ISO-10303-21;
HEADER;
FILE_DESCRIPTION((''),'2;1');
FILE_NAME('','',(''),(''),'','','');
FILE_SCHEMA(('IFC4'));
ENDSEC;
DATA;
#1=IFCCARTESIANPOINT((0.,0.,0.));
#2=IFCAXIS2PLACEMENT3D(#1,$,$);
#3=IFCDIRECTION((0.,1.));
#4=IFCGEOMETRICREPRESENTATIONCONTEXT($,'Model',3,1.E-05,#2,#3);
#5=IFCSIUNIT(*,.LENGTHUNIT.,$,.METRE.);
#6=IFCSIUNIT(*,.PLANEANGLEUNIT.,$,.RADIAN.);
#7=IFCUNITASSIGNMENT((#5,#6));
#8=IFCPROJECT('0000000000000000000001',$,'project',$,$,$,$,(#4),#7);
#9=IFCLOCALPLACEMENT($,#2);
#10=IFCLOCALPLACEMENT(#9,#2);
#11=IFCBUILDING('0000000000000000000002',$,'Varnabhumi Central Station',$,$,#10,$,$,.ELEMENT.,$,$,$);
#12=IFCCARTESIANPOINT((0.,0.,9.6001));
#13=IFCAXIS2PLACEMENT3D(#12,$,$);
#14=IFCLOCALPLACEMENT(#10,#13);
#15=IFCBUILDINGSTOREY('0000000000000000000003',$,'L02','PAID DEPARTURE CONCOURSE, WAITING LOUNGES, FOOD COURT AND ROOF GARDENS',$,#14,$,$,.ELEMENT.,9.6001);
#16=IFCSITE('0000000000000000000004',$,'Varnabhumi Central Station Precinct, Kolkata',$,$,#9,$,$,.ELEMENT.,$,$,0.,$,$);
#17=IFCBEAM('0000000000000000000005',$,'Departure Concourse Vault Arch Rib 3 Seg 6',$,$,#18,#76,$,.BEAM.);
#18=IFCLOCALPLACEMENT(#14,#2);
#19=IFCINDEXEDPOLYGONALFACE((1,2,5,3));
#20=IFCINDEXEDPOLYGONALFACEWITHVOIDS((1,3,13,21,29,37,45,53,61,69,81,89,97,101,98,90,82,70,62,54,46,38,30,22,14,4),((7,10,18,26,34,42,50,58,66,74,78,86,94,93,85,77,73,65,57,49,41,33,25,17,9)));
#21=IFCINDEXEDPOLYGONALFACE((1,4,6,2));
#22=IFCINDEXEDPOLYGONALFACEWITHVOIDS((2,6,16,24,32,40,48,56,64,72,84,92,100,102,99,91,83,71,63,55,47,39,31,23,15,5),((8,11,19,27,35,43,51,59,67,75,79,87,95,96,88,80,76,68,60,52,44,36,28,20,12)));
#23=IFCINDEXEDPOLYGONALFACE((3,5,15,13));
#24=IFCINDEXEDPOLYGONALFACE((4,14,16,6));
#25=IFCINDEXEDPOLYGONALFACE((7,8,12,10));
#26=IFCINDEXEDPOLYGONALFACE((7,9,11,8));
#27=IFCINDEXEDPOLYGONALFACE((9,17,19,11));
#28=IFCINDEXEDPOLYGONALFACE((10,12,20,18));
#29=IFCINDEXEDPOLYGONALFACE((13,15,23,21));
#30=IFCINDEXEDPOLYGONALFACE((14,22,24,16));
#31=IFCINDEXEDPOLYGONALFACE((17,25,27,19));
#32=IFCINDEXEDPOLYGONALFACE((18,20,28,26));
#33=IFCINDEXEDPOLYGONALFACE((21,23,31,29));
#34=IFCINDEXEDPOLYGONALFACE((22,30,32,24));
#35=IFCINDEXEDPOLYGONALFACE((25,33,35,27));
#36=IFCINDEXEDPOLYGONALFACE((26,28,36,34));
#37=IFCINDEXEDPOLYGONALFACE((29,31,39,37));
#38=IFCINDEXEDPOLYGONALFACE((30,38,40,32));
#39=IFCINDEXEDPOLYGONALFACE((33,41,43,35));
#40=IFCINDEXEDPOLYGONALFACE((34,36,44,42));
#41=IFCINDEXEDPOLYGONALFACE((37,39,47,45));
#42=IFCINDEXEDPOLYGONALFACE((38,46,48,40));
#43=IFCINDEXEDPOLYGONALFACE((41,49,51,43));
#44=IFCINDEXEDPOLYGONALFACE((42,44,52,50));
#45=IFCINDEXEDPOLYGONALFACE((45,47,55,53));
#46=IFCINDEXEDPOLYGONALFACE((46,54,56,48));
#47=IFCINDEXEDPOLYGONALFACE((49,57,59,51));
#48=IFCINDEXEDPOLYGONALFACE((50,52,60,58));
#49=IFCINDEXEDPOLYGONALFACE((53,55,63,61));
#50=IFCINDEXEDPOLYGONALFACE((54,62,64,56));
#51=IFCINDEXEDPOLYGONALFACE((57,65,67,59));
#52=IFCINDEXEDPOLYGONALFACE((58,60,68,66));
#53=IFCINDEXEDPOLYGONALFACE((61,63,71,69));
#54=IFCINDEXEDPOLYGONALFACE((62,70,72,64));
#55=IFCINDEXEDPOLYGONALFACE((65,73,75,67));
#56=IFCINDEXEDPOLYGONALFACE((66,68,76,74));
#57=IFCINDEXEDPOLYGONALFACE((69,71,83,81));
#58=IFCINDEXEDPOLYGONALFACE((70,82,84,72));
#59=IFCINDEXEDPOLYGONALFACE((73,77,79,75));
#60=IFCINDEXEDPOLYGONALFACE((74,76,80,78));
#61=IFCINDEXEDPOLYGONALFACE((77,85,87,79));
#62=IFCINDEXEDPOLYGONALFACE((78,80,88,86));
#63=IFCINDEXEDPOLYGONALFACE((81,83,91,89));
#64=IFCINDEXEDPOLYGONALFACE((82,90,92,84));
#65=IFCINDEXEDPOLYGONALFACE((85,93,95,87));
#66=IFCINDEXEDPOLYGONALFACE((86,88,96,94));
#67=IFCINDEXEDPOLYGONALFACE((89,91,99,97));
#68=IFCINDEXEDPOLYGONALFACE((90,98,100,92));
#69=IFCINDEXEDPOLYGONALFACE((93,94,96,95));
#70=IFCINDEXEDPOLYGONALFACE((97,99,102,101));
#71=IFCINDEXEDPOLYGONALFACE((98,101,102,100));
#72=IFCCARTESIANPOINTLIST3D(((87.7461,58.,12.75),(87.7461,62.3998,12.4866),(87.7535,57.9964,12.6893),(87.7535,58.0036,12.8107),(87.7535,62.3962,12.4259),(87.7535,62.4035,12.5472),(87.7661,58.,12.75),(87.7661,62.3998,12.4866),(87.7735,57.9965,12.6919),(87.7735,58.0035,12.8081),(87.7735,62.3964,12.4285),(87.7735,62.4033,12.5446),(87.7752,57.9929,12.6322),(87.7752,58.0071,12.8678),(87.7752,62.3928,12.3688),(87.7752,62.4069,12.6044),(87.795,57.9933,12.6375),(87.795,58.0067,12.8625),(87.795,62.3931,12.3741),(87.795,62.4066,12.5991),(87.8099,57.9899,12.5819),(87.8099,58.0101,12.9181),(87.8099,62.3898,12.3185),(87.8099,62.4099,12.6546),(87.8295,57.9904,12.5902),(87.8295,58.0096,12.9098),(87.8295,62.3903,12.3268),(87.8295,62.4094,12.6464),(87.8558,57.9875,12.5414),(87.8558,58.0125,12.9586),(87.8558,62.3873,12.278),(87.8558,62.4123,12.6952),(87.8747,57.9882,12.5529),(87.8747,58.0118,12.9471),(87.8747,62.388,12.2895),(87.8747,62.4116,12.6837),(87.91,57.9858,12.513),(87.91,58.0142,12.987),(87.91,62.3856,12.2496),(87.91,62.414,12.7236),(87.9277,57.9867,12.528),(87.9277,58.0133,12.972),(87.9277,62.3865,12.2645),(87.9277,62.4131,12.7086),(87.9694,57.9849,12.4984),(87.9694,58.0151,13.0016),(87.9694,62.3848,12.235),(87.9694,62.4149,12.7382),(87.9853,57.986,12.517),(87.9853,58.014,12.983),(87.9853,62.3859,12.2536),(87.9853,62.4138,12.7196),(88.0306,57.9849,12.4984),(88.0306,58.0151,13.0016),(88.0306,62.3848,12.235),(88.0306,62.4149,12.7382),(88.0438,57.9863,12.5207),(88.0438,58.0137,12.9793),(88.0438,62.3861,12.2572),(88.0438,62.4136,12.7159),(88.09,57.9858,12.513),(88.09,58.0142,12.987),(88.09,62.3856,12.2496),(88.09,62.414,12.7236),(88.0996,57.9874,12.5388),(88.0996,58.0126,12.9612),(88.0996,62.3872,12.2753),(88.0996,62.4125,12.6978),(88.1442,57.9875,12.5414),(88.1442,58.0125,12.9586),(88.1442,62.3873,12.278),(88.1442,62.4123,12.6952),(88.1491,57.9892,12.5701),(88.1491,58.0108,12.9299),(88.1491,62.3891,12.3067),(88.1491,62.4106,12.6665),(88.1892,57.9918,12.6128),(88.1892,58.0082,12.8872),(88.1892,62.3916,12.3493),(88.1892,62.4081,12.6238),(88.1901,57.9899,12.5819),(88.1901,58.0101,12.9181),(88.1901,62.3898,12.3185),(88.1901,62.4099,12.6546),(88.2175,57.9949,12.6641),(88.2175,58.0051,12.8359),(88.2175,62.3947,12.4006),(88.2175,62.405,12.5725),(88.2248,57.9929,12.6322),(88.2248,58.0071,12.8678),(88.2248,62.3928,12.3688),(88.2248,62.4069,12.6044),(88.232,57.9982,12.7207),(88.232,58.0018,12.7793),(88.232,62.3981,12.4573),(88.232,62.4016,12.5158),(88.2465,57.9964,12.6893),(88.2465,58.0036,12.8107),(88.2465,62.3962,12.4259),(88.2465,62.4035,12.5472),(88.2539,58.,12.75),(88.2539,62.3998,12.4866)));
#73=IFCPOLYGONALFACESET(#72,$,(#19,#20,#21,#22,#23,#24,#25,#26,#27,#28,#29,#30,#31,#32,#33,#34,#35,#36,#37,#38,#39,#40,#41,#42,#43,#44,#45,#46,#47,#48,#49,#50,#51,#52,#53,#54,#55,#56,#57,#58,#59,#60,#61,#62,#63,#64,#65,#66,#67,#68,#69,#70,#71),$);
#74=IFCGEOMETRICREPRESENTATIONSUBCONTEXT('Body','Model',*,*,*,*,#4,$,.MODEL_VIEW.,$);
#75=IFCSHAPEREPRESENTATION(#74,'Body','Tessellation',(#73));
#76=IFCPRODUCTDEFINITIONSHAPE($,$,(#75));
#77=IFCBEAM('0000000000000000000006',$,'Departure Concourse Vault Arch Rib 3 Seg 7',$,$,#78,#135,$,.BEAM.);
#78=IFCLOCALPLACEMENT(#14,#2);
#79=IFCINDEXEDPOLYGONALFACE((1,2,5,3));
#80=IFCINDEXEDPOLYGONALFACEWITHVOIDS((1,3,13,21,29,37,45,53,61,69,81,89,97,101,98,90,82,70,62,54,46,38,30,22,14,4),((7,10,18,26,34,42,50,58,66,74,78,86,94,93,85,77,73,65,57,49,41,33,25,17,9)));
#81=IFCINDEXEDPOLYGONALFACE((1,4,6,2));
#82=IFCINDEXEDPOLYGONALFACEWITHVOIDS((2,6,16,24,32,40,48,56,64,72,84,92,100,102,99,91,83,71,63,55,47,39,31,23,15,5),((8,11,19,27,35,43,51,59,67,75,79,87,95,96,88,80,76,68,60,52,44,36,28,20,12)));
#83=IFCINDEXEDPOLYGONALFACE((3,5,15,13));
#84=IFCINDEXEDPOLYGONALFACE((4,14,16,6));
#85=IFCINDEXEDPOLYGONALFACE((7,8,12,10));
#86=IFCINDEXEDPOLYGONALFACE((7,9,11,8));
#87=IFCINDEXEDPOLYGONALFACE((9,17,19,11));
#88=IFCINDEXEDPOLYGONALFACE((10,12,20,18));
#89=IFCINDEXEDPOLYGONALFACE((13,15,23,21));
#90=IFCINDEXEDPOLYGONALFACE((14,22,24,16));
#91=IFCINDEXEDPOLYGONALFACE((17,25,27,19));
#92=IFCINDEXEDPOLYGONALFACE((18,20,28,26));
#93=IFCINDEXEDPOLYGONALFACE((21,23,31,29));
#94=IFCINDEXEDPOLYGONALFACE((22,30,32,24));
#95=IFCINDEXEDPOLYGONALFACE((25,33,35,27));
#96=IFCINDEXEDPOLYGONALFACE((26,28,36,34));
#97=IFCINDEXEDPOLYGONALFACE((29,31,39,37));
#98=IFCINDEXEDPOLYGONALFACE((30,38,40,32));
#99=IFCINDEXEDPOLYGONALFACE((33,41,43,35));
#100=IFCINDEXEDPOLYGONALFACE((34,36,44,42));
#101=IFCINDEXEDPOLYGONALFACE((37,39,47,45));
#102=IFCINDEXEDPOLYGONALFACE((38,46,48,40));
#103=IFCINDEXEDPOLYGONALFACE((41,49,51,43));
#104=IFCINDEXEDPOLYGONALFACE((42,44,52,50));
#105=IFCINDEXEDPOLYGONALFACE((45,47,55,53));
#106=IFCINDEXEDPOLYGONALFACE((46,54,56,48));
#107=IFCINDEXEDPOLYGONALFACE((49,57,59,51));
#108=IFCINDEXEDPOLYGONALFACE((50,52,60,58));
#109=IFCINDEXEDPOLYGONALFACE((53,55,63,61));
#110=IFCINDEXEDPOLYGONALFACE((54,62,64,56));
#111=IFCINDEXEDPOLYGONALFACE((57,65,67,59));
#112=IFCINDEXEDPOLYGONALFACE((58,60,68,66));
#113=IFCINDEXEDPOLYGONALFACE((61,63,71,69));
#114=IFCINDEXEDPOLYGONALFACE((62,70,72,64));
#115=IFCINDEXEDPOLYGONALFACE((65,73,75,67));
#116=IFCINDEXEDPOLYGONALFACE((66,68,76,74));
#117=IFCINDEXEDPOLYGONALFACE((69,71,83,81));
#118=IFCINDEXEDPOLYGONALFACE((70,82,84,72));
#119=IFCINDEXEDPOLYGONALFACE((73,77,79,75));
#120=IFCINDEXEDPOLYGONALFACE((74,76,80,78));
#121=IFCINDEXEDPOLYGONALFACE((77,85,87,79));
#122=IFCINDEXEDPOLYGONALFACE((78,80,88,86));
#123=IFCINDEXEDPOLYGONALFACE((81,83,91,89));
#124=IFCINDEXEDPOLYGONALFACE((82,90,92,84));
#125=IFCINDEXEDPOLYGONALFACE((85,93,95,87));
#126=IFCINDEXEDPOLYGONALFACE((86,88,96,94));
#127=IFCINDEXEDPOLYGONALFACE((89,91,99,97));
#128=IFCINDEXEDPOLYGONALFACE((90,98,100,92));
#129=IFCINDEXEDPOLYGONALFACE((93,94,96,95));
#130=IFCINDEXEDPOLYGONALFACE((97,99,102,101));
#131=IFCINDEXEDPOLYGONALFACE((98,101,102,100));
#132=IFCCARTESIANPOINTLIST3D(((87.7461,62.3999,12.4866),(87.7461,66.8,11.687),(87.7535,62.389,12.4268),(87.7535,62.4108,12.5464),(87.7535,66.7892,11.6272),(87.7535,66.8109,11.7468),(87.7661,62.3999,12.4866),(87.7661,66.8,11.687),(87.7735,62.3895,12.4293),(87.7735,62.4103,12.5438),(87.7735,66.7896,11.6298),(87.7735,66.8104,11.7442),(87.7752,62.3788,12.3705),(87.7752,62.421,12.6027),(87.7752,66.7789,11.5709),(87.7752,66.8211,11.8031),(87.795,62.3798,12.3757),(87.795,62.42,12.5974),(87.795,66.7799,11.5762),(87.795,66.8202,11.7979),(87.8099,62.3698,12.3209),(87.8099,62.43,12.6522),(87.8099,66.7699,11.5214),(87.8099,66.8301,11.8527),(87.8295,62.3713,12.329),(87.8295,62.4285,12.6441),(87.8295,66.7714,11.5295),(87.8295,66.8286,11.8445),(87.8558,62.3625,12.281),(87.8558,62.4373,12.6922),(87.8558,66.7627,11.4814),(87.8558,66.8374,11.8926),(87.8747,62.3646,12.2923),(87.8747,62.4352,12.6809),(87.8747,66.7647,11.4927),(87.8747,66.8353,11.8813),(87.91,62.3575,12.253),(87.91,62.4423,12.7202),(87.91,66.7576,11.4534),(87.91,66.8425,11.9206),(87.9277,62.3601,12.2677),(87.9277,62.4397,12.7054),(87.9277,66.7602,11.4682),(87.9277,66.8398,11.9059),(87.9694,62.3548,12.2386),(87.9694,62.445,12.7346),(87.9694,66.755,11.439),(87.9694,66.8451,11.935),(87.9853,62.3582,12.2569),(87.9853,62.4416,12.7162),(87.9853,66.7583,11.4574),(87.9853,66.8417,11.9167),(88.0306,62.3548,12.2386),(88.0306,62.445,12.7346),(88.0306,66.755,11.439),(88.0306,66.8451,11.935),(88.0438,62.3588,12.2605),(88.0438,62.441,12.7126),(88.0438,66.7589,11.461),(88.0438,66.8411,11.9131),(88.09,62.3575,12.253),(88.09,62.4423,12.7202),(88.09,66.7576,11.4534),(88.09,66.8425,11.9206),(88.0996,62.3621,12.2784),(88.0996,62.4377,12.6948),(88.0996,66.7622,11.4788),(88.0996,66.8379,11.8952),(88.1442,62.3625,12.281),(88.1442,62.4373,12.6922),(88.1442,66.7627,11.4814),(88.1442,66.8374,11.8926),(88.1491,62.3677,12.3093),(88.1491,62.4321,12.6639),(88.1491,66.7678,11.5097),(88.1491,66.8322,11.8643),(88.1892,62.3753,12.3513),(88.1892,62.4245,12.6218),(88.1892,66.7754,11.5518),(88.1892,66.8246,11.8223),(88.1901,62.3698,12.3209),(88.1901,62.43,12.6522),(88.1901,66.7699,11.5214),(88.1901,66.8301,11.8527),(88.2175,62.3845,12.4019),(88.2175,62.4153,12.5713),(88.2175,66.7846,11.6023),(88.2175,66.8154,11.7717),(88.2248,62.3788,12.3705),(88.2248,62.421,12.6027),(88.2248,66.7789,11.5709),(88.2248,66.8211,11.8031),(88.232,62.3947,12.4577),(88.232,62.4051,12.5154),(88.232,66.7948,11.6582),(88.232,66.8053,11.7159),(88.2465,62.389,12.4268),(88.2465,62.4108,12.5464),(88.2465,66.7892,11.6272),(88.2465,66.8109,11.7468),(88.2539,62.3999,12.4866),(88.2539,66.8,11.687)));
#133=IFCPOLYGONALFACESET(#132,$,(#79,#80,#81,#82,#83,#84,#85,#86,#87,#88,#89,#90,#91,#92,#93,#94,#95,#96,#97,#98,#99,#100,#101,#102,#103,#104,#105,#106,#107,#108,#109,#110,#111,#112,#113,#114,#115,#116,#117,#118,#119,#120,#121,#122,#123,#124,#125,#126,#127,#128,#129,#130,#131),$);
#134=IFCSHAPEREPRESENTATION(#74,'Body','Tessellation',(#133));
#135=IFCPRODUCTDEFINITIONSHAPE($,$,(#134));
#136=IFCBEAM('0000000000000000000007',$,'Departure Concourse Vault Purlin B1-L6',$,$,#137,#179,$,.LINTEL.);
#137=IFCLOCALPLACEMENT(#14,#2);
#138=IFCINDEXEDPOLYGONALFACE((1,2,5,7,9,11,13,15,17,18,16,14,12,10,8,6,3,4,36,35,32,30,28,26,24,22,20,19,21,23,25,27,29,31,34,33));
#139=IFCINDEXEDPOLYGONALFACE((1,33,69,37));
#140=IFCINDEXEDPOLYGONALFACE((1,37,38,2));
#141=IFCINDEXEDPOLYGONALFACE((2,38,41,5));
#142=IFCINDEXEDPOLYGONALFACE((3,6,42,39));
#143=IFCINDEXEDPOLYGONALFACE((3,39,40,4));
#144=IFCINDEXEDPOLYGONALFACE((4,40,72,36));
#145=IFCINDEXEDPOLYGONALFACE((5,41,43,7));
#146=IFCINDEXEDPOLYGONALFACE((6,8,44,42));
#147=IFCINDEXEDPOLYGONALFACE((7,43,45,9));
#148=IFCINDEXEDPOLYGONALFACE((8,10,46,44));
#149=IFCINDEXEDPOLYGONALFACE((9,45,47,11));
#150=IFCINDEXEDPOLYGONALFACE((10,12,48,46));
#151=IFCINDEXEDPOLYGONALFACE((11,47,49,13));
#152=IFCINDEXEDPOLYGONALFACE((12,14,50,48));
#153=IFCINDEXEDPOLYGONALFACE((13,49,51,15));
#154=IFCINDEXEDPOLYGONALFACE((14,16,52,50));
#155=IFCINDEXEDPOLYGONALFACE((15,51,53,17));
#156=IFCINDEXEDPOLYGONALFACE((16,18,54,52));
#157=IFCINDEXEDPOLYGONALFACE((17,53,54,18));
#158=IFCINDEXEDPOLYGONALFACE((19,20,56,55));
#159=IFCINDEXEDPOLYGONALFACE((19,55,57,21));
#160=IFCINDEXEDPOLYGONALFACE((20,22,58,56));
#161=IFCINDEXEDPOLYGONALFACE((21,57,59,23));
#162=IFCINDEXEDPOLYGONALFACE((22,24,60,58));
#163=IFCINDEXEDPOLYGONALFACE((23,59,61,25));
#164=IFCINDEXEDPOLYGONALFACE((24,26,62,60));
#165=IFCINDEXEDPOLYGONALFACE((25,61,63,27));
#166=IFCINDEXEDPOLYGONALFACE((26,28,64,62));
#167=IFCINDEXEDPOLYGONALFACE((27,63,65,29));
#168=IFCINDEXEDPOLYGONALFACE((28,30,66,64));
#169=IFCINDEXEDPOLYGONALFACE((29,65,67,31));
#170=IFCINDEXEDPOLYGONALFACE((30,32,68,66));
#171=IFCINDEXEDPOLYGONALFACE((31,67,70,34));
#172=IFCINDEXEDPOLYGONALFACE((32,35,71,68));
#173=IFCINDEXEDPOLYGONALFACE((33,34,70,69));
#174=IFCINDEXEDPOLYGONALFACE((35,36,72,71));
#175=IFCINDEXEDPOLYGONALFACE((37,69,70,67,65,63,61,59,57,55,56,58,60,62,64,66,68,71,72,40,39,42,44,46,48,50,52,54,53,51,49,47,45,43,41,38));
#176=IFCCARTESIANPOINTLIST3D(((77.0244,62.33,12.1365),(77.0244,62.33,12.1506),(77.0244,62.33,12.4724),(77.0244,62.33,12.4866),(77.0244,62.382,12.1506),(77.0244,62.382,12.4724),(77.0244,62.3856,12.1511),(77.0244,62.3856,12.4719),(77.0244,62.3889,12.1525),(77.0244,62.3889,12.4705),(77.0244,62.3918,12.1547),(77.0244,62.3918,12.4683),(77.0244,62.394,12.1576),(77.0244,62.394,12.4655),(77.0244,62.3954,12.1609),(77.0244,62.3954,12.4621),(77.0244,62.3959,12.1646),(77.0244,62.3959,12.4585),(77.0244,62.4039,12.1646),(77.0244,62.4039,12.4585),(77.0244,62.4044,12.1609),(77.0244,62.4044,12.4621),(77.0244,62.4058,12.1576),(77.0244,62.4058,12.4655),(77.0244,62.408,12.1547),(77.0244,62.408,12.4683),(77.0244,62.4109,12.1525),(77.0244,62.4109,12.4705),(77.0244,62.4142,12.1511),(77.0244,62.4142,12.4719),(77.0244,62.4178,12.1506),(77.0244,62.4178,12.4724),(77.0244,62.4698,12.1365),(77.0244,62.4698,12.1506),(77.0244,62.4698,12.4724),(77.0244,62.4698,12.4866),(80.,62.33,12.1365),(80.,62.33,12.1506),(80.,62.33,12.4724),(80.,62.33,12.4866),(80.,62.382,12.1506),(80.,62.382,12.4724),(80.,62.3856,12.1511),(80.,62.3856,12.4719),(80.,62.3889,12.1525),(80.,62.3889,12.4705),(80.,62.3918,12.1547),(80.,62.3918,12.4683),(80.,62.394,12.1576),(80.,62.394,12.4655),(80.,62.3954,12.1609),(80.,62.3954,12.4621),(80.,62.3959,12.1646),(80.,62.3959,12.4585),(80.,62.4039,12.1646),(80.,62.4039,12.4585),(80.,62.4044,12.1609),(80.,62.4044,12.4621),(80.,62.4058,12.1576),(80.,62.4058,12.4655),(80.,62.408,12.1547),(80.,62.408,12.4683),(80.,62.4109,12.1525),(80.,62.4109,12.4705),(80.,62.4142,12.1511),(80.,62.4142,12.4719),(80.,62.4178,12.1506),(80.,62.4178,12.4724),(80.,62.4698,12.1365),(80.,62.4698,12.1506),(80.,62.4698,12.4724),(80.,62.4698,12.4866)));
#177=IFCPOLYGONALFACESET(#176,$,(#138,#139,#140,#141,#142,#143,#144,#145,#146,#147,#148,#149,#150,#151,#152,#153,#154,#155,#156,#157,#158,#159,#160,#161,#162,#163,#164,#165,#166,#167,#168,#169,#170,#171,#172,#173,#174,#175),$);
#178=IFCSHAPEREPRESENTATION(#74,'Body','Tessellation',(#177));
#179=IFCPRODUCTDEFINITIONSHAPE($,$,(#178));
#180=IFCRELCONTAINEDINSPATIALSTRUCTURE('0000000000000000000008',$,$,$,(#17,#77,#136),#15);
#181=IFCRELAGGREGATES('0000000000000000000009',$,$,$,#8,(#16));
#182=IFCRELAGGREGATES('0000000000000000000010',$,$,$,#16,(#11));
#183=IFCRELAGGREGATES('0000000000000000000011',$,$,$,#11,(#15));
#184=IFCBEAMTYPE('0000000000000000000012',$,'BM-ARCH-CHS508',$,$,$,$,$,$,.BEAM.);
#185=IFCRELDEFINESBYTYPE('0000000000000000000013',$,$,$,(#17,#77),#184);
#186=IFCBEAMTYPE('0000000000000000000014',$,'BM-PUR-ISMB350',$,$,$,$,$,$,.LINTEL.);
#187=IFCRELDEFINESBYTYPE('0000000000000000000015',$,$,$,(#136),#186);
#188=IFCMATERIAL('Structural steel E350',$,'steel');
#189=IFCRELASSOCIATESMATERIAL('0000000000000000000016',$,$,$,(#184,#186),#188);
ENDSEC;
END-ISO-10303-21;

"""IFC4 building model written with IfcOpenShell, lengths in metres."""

from ifc_helpers import new_model, si_unit, direction, frame, origin, origin_2d, place, context, subcontext, project, spatial, hollow_circle, i_section, extrude, material, material_profile, profile_set, type_object, element, save


model = new_model("IFC4")

# Units and contexts
model_context = context("Model", 3, precision=1e-05, world=origin(), true_north=direction((0.0, 1.0)))
body_context = subcontext(model_context, "Body", "Model", "MODEL_VIEW")
ifc_project = project(units=[si_unit("LENGTHUNIT", "METRE"), si_unit("PLANEANGLEUNIT", "RADIAN")], contexts=[model_context])

# Site, building, storey
site_placement = place(None, origin())
site = spatial("IfcSite", under=ifc_project, at=site_placement, Name="Varnabhumi Central Station Precinct, Kolkata", CompositionType="ELEMENT", RefElevation=0.0)
building_placement = place(site_placement, origin())
building = spatial("IfcBuilding", under=site, at=building_placement, Name="Varnabhumi Central Station", CompositionType="ELEMENT")
storey_placement = place(building_placement, frame((0.0, 0.0, 9.6001)))
storey = spatial("IfcBuildingStorey", under=building, at=storey_placement, Name="L02", Description="PAID DEPARTURE CONCOURSE, WAITING LOUNGES, FOOD COURT AND ROOF GARDENS", CompositionType="ELEMENT", Elevation=9.6001)

# Beams
ifc_material_1 = material(Name="Structural steel E350", Category="steel")
ifc_material_profile_1 = material_profile(ifc_material_1, hollow_circle(Radius=0.2539, WallThickness=0.02, at=origin_2d()), Name="Structural steel E350", Category="steel")
ifc_profile_set_1 = profile_set([ifc_material_profile_1], Name="Structural steel E350")
beam_type_1 = type_object("IfcBeamType", Name="BM-ARCH-CHS508", PredefinedType="BEAM", material=ifc_profile_set_1)
beam_1_placement = place(storey_placement, frame((88.0, 58.0, 12.75), z_axis=(0.0, 0.998213, -0.059764), x_axis=(-1.0, 0.0, 0.0)))
element("IfcBeam", 1, at=beam_1_placement, inside=storey, type_object=beam_type_1, Name="Departure Concourse Vault Arch Rib 3 Seg 6", PredefinedType="BEAM", context=body_context, shape_type="SweptSolid", body=[
    extrude(hollow_circle(Radius=0.2539, WallThickness=0.02, at=origin_2d()), origin(), (0.0, 0.0, 1.0), 4.4077),
])
beam_2_placement = place(storey_placement, frame((88.0, 62.3999, 12.4866), z_axis=(0.0, 0.983888, -0.178785), x_axis=(-1.0, 0.0, 0.0)))
element("IfcBeam", 2, at=beam_2_placement, inside=storey, type_object=beam_type_1, Name="Departure Concourse Vault Arch Rib 3 Seg 7", PredefinedType="BEAM", context=body_context, shape_type="SweptSolid", body=[
    extrude(hollow_circle(Radius=0.2539, WallThickness=0.02, at=origin_2d()), origin(), (0.0, 0.0, 1.0), 4.4722),
])
ifc_material_profile_2 = material_profile(ifc_material_1, i_section(OverallWidth=0.1399, OverallDepth=0.3501, WebThickness=0.0081, FlangeThickness=0.0142, FilletRadius=0.0139, at=origin_2d()), Name="Structural steel E350", Category="steel")
ifc_profile_set_2 = profile_set([ifc_material_profile_2], Name="Structural steel E350")
beam_type_2 = type_object("IfcBeamType", Name="BM-PUR-ISMB350", PredefinedType="LINTEL", material=ifc_profile_set_2)
beam_3_placement = place(storey_placement, frame((77.0244, 62.3999, 12.3115), z_axis=(1.0, 0.0, 0.0), x_axis=(0.0, 1.0, 0.0)))
element("IfcBeam", 3, at=beam_3_placement, inside=storey, type_object=beam_type_2, Name="Departure Concourse Vault Purlin B1-L6", PredefinedType="LINTEL", context=body_context, shape_type="SweptSolid", body=[
    extrude(i_section(OverallWidth=0.1399, OverallDepth=0.3501, WebThickness=0.0081, FlangeThickness=0.0142, FilletRadius=0.0139, at=origin_2d()), origin(), (0.0, 0.0, 1.0), 2.9756),
])

save(model, "model.ifc")
